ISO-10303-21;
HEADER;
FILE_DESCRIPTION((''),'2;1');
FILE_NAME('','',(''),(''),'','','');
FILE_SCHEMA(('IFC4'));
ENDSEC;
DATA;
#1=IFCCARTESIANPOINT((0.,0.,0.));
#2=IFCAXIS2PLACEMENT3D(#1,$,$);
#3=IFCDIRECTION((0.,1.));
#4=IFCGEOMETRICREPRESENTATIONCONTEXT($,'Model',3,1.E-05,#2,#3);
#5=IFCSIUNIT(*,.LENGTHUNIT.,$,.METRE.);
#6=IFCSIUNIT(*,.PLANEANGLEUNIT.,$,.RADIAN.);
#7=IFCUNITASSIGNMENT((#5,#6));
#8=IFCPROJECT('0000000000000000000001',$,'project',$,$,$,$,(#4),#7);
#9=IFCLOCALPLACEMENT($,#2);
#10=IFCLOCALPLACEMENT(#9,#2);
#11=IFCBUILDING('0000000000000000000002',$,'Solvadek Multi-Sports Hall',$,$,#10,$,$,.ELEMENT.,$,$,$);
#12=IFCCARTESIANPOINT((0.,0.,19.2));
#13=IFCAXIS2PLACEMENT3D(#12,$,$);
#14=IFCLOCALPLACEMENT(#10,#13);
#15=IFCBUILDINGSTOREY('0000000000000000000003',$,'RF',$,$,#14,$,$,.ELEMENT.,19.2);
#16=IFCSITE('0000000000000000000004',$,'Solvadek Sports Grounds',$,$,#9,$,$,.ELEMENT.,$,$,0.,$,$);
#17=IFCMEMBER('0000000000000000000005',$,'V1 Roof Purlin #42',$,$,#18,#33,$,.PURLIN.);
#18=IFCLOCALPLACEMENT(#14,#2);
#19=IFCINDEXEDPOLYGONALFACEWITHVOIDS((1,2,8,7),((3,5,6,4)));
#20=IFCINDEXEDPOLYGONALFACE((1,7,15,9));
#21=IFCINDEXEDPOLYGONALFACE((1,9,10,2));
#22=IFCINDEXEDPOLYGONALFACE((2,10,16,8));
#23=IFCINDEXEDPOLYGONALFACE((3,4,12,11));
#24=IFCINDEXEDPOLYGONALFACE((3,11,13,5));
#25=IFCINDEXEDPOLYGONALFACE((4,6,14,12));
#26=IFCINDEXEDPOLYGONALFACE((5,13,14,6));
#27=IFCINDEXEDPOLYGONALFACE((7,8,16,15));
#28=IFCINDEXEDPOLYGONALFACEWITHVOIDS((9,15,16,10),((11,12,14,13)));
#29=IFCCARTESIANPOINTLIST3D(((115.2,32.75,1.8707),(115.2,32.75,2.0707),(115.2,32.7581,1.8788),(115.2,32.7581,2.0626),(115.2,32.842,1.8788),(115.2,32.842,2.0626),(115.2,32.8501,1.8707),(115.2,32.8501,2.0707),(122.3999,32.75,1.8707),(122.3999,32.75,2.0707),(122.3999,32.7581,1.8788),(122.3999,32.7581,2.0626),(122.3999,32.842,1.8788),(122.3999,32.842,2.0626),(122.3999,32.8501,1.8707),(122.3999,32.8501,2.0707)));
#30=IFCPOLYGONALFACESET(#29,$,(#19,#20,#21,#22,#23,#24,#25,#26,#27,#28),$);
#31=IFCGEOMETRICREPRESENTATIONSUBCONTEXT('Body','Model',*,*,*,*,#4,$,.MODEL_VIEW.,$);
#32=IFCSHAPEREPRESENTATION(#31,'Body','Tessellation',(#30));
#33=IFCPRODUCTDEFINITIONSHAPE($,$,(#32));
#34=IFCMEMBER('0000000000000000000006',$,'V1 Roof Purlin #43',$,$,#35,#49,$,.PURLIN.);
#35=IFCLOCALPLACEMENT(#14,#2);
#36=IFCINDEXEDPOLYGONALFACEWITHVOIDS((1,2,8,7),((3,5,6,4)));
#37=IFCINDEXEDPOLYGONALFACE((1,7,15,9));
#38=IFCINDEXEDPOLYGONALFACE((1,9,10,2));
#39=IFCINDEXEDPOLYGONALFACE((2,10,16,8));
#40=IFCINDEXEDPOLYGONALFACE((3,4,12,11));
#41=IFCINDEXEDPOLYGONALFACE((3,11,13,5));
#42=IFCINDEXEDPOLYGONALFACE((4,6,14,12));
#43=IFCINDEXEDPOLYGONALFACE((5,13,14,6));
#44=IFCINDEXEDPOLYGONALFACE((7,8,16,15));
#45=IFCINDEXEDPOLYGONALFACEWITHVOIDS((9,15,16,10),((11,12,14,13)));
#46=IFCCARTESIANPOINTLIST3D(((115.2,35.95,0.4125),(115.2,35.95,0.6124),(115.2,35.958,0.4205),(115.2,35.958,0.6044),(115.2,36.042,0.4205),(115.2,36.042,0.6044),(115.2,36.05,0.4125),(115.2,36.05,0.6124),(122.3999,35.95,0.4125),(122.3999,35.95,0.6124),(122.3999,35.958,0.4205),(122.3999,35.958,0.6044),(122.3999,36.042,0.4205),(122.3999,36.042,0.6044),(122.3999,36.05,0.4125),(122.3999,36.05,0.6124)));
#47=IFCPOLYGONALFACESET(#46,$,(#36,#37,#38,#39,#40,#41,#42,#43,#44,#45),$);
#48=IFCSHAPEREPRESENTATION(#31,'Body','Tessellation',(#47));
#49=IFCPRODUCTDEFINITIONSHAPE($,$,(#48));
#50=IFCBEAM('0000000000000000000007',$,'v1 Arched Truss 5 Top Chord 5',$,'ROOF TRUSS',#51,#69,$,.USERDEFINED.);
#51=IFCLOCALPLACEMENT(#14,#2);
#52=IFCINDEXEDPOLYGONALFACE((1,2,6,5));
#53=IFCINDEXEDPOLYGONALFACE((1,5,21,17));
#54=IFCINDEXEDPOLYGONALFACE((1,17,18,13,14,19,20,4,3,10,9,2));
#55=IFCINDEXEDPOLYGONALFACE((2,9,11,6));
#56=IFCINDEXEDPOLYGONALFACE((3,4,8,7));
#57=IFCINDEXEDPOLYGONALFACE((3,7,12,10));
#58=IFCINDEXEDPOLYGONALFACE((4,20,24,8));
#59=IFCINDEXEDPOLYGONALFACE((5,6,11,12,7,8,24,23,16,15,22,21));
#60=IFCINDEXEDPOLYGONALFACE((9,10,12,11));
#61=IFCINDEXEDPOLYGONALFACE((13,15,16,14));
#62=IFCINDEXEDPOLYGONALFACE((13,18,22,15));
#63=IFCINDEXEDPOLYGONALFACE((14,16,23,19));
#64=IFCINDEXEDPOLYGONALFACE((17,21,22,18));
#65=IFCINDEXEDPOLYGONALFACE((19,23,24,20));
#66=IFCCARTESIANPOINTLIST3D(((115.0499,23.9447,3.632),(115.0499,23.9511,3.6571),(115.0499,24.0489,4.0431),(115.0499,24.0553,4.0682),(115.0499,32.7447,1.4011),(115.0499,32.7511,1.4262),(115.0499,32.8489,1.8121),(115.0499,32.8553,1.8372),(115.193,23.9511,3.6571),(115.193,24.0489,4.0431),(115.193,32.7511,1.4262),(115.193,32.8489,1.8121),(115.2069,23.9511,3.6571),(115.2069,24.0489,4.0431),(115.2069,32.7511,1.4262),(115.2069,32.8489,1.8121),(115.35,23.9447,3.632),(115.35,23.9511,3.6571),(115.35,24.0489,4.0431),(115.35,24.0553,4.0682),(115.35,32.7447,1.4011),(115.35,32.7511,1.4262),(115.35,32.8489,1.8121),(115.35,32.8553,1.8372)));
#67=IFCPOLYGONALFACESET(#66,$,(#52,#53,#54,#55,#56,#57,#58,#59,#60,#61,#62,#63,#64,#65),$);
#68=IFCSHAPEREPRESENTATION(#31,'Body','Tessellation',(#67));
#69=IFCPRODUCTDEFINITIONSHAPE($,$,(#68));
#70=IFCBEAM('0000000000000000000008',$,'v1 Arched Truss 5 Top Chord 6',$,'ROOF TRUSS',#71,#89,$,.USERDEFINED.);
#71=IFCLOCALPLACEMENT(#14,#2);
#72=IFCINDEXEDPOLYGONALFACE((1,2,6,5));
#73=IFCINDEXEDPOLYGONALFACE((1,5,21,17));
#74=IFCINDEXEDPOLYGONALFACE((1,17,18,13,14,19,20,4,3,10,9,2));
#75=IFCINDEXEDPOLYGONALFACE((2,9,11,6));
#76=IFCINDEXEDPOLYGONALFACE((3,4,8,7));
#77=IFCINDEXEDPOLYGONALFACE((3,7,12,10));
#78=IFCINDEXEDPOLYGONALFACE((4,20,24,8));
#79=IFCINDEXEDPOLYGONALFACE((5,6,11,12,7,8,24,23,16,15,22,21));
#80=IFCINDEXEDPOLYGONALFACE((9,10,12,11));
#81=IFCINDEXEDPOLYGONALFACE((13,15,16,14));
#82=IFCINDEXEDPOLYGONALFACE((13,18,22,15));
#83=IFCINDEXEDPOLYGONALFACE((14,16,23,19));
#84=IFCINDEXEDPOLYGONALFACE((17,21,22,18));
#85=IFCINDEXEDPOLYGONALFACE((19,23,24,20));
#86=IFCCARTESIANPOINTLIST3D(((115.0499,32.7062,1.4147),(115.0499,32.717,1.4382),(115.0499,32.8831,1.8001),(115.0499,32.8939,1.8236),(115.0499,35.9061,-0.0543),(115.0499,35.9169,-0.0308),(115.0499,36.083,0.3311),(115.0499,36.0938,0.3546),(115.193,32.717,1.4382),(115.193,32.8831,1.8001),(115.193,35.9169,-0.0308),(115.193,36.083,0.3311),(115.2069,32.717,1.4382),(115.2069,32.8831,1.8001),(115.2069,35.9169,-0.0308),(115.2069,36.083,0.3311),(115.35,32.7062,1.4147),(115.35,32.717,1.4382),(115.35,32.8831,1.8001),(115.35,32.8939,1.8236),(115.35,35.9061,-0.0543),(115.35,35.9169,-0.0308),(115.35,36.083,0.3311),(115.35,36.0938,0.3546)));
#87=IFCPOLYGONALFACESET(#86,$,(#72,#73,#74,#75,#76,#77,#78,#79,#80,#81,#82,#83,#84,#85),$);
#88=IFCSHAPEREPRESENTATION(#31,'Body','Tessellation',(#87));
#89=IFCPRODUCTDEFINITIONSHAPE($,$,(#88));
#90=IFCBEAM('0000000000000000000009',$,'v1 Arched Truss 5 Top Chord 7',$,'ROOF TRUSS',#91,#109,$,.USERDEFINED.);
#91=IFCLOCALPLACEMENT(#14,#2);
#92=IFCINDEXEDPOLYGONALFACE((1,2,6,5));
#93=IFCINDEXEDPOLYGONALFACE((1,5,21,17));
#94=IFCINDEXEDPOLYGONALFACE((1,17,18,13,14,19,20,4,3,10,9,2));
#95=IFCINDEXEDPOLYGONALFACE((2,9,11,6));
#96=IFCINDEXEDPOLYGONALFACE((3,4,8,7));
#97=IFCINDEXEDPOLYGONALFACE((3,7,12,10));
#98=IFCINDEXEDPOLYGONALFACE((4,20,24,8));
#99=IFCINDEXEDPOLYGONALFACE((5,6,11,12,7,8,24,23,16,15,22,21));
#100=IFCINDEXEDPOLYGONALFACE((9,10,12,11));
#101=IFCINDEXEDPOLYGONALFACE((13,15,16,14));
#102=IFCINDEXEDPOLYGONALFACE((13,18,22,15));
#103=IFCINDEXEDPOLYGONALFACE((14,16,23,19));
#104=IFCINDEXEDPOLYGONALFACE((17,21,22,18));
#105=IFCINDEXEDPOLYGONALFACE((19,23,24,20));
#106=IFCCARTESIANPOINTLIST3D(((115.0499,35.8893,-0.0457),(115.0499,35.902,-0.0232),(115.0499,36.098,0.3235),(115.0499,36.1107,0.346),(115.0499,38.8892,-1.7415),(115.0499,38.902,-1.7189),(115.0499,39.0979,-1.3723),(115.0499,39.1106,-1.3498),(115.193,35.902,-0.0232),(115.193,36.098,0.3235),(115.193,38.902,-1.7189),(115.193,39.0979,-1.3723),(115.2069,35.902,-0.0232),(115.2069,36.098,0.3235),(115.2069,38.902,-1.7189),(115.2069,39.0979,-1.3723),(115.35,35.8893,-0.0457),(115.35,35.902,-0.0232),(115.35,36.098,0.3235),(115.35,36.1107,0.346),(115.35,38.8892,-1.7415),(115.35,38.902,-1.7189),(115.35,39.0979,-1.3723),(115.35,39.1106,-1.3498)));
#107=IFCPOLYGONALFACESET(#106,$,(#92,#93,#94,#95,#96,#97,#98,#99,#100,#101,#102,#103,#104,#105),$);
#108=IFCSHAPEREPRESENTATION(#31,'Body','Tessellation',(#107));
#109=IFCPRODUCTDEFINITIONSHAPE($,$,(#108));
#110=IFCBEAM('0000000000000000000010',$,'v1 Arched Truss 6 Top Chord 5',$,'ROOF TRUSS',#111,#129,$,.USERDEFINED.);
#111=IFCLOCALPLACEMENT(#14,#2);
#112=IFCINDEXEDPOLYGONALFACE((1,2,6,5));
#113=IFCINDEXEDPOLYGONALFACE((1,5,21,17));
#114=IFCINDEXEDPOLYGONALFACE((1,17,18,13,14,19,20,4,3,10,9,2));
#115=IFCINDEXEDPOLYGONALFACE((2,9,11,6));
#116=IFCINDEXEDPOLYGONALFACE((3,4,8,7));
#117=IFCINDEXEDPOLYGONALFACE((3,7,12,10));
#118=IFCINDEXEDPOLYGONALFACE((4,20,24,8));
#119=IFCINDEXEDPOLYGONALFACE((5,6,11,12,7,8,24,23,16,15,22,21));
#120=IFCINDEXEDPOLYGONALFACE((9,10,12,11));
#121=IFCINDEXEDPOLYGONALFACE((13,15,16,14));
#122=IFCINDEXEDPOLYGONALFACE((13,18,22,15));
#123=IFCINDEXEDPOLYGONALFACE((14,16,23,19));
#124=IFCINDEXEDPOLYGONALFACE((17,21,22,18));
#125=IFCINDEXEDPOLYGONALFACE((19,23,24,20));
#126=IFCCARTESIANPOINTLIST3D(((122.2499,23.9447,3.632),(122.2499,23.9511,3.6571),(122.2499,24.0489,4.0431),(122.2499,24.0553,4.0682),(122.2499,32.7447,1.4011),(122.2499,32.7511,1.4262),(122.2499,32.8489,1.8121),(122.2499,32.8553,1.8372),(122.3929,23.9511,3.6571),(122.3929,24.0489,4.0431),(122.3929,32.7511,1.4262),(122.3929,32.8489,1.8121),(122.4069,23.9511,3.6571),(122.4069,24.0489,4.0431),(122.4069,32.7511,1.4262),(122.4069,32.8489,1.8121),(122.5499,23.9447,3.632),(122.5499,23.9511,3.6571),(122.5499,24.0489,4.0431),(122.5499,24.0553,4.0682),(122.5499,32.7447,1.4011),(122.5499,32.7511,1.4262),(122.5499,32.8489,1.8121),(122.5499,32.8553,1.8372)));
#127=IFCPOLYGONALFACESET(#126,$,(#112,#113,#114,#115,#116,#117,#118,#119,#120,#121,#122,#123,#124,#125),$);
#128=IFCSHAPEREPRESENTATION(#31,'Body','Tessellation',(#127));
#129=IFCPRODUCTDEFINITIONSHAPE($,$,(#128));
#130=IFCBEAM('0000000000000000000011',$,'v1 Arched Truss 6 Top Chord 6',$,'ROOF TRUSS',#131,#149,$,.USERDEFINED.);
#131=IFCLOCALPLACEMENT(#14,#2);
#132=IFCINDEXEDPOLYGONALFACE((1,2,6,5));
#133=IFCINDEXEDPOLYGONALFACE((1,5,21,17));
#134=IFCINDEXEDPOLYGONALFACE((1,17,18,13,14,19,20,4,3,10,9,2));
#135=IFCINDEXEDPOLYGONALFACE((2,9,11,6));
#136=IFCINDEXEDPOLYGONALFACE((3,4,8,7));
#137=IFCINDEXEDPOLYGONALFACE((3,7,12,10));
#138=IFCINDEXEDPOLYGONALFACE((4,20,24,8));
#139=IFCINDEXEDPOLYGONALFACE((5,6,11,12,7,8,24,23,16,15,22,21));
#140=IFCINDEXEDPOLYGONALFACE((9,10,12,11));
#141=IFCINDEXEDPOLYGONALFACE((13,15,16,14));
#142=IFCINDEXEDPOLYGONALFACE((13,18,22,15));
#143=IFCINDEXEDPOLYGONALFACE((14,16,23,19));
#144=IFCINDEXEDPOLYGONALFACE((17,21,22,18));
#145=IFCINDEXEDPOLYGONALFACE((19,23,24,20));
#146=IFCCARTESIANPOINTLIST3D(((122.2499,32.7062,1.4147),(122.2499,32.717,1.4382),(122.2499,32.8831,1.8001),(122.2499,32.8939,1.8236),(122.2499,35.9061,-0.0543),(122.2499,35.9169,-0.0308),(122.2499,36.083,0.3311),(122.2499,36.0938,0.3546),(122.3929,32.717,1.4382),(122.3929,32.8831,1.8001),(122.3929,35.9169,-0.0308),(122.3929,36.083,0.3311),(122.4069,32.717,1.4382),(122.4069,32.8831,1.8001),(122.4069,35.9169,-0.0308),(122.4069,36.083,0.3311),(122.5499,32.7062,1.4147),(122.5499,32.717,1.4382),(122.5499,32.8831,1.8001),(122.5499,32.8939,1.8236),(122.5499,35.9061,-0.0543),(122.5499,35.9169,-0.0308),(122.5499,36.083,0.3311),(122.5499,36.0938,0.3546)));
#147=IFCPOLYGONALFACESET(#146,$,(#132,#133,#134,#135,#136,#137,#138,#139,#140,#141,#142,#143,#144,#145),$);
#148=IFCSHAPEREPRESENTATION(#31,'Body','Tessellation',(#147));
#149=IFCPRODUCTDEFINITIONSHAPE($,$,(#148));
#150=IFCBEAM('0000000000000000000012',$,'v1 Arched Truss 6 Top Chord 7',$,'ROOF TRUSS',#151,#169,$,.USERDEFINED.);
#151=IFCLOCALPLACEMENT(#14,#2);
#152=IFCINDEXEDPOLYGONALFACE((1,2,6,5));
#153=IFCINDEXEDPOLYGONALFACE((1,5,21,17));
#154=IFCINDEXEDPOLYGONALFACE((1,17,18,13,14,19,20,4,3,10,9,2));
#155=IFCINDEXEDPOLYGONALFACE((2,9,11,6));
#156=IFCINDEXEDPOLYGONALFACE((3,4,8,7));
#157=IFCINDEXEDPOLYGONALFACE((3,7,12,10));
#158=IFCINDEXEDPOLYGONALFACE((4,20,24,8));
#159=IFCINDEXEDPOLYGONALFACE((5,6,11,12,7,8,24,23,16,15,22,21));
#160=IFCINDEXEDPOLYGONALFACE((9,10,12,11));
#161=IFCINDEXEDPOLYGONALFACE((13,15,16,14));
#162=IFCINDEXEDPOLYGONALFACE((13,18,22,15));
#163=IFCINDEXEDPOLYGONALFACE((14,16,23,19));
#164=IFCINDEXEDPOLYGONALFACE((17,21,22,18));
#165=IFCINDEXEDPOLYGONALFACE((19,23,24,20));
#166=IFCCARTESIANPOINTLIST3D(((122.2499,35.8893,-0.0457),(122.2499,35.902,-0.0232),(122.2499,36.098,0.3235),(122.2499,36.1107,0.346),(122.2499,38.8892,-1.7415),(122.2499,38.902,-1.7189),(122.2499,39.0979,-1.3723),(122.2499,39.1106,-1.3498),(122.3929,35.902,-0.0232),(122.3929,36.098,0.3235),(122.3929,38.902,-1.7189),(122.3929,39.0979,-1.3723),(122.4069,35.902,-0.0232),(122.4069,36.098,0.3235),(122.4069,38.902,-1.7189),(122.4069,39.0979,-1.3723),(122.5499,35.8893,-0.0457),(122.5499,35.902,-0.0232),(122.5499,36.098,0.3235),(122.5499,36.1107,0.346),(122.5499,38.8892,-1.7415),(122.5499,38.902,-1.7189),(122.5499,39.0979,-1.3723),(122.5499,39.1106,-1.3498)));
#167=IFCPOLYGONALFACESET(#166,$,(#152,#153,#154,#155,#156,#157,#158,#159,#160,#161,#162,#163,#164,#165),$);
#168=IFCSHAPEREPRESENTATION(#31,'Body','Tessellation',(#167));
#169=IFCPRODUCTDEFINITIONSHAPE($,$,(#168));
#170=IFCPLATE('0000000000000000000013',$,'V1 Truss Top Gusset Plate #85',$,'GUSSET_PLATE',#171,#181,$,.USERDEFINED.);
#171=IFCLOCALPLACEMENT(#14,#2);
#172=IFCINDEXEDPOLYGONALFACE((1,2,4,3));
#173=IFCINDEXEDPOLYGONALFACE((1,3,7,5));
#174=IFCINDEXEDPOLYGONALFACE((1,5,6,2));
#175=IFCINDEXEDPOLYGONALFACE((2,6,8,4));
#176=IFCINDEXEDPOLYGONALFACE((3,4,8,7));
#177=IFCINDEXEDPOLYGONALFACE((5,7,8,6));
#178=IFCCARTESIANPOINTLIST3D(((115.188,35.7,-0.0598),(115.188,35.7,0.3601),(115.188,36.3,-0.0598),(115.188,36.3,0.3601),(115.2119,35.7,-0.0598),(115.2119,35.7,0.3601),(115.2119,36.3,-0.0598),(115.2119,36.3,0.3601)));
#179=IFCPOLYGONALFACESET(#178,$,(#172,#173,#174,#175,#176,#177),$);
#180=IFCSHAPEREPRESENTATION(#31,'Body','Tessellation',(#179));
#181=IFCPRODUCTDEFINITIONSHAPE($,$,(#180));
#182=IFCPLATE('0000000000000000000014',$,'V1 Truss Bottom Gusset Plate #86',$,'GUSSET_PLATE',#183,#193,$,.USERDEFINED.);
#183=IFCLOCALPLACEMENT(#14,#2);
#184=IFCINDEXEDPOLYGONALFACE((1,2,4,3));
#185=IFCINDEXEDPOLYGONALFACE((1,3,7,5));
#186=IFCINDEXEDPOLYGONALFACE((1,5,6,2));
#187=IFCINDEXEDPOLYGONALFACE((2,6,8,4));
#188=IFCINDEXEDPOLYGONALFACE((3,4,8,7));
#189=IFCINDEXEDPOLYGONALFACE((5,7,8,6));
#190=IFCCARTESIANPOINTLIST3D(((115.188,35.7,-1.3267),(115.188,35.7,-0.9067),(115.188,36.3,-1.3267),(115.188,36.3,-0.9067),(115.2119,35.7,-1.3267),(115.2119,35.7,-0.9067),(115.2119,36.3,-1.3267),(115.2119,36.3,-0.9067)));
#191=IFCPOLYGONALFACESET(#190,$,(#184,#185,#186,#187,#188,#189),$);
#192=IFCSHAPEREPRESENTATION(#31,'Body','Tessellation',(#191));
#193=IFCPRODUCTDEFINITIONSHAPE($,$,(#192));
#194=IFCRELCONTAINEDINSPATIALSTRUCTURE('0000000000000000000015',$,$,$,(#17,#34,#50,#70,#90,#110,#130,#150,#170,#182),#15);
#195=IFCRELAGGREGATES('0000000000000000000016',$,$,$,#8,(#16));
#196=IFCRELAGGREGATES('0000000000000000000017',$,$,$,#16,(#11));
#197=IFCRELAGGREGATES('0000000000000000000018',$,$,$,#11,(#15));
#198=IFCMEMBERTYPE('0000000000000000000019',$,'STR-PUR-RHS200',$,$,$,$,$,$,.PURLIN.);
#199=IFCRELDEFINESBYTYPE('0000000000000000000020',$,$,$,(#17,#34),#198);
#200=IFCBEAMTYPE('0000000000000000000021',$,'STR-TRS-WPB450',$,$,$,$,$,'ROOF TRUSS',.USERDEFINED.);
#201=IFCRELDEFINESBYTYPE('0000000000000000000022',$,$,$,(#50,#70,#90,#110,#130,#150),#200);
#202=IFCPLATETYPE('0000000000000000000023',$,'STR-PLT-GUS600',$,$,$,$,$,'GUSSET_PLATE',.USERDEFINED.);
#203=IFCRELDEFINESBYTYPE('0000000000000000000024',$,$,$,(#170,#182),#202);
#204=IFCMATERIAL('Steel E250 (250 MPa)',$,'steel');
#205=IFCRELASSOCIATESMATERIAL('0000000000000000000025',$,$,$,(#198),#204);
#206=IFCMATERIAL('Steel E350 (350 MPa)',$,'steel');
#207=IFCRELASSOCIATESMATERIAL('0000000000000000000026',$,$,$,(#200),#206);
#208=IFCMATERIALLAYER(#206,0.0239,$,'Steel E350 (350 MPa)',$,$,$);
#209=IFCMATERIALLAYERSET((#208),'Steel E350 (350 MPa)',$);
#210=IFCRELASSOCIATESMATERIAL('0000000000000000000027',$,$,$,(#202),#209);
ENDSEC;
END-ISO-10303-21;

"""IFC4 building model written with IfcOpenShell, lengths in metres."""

from ifc_helpers import new_model, si_unit, direction, frame, origin, origin_2d, place, context, subcontext, project, spatial, rectangle, hollow_rectangle, i_section, extrude, material, layer, layer_set, material_profile, profile_set, type_object, element, save


model = new_model("IFC4")

# Units and contexts
model_context = context("Model", 3, precision=1e-05, world=origin(), true_north=direction((0.0, 1.0)))
body_context = subcontext(model_context, "Body", "Model", "MODEL_VIEW")
ifc_project = project(units=[si_unit("LENGTHUNIT", "METRE"), si_unit("PLANEANGLEUNIT", "RADIAN")], contexts=[model_context])

# Site, building, storey
site_placement = place(None, origin())
site = spatial("IfcSite", under=ifc_project, at=site_placement, Name="Solvadek Sports Grounds", CompositionType="ELEMENT", RefElevation=0.0)
building_placement = place(site_placement, origin())
building = spatial("IfcBuilding", under=site, at=building_placement, Name="Solvadek Multi-Sports Hall", CompositionType="ELEMENT")
storey_placement = place(building_placement, frame((0.0, 0.0, 19.2)))
storey = spatial("IfcBuildingStorey", under=building, at=storey_placement, Name="RF", CompositionType="ELEMENT", Elevation=19.2)

# Members
ifc_material_1 = material(Name="Steel E350 (350 MPa)", Category="steel")
ifc_material_2 = material(Name="Steel E250 (250 MPa)", Category="steel")
ifc_material_profile_1 = material_profile(ifc_material_2, hollow_rectangle(XDim=0.1001, YDim=0.2, WallThickness=0.0081, at=origin_2d()), Name="RHS 200x100x8")
ifc_profile_set_1 = profile_set([ifc_material_profile_1], Name="Steel E250 (250 MPa)")
member_type_1 = type_object("IfcMemberType", Name="STR-PUR-RHS200", PredefinedType="PURLIN", material=ifc_profile_set_1)
for number, where, z_axis, x_axis, name in (
    (1, (115.2, 32.8, 1.9707), (1.0, 0.0, 0.0), (0.0, 1.0, 0.0), "V1 Roof Purlin #42"),
    (2, (115.2, 36.0, 0.5125), (1.0, 0.0, 0.0), (0.0, 1.0, 0.0), "V1 Roof Purlin #43"),
):
    element("IfcMember", number, at=place(storey_placement, frame(where, z_axis=z_axis, x_axis=x_axis)), inside=storey, type_object=member_type_1, Name=name, PredefinedType="PURLIN", context=body_context, shape_type="SweptSolid", body=[
        extrude(hollow_rectangle(XDim=0.1001, YDim=0.2, WallThickness=0.0081, at=origin_2d()), origin(), (0.0, 0.0, 1.0), 7.2),
    ])

# Beams
ifc_material_profile_2 = material_profile(ifc_material_1, i_section(OverallWidth=0.3, OverallDepth=0.45, WebThickness=0.0139, FlangeThickness=0.0259, at=origin_2d()), Name="WPB 450")
ifc_profile_set_2 = profile_set([ifc_material_profile_2], Name="Steel E350 (350 MPa)")
beam_type = type_object("IfcBeamType", Name="STR-TRS-WPB450", ElementType="ROOF TRUSS", PredefinedType="USERDEFINED", material=ifc_profile_set_2)
beam_1_placement = place(storey_placement, frame((115.2, 24.0, 3.8501), z_axis=(0.0, 0.969335, -0.245742), x_axis=(-1.0, 0.0, 0.0)))
element("IfcBeam", 3, at=beam_1_placement, inside=storey, type_object=beam_type, Name="v1 Arched Truss 5 Top Chord 5", ObjectType="ROOF TRUSS", PredefinedType="USERDEFINED", context=body_context, shape_type="SweptSolid", body=[
    extrude(i_section(OverallWidth=0.3, OverallDepth=0.45, WebThickness=0.0139, FlangeThickness=0.0259, at=origin_2d()), origin(), (0.0, 0.0, 1.0), 9.0784),
])
beam_2_placement = place(storey_placement, frame((115.2, 32.8, 1.6191), z_axis=(0.0, 0.908812, -0.417206), x_axis=(-1.0, 0.0, 0.0)))
element("IfcBeam", 4, at=beam_2_placement, inside=storey, type_object=beam_type, Name="v1 Arched Truss 5 Top Chord 6", ObjectType="ROOF TRUSS", PredefinedType="USERDEFINED", context=body_context, shape_type="SweptSolid", body=[
    extrude(i_section(OverallWidth=0.3, OverallDepth=0.45, WebThickness=0.0139, FlangeThickness=0.0259, at=origin_2d()), origin(), (0.0, 0.0, 1.0), 3.521),
])
beam_3_placement = place(storey_placement, frame((115.2, 36.0, 0.1501), z_axis=(0.0, 0.870544, -0.49209), x_axis=(-1.0, 0.0, 0.0)))
element("IfcBeam", 5, at=beam_3_placement, inside=storey, type_object=beam_type, Name="v1 Arched Truss 5 Top Chord 7", ObjectType="ROOF TRUSS", PredefinedType="USERDEFINED", context=body_context, shape_type="SweptSolid", body=[
    extrude(i_section(OverallWidth=0.3, OverallDepth=0.45, WebThickness=0.0139, FlangeThickness=0.0259, at=origin_2d()), origin(), (0.0, 0.0, 1.0), 3.446),
])
beam_4_placement = place(storey_placement, frame((122.3999, 24.0, 3.8501), z_axis=(0.0, 0.969335, -0.245742), x_axis=(-1.0, 0.0, 0.0)))
element("IfcBeam", 6, at=beam_4_placement, inside=storey, type_object=beam_type, Name="v1 Arched Truss 6 Top Chord 5", ObjectType="ROOF TRUSS", PredefinedType="USERDEFINED", context=body_context, shape_type="SweptSolid", body=[
    extrude(i_section(OverallWidth=0.3, OverallDepth=0.45, WebThickness=0.0139, FlangeThickness=0.0259, at=origin_2d()), origin(), (0.0, 0.0, 1.0), 9.0784),
])
beam_5_placement = place(storey_placement, frame((122.3999, 32.8, 1.6191), z_axis=(0.0, 0.908812, -0.417206), x_axis=(-1.0, 0.0, 0.0)))
element("IfcBeam", 7, at=beam_5_placement, inside=storey, type_object=beam_type, Name="v1 Arched Truss 6 Top Chord 6", ObjectType="ROOF TRUSS", PredefinedType="USERDEFINED", context=body_context, shape_type="SweptSolid", body=[
    extrude(i_section(OverallWidth=0.3, OverallDepth=0.45, WebThickness=0.0139, FlangeThickness=0.0259, at=origin_2d()), origin(), (0.0, 0.0, 1.0), 3.521),
])
beam_6_placement = place(storey_placement, frame((122.3999, 36.0, 0.1501), z_axis=(0.0, 0.870544, -0.49209), x_axis=(-1.0, 0.0, 0.0)))
element("IfcBeam", 8, at=beam_6_placement, inside=storey, type_object=beam_type, Name="v1 Arched Truss 6 Top Chord 7", ObjectType="ROOF TRUSS", PredefinedType="USERDEFINED", context=body_context, shape_type="SweptSolid", body=[
    extrude(i_section(OverallWidth=0.3, OverallDepth=0.45, WebThickness=0.0139, FlangeThickness=0.0259, at=origin_2d()), origin(), (0.0, 0.0, 1.0), 3.446),
])

# Plates
ifc_layer_1 = layer(ifc_material_1, 0.0239, Name="Steel E350 (350 MPa)")
ifc_layer_set_1 = layer_set([ifc_layer_1], Name="Steel E350 (350 MPa)")
plate_type_1 = type_object("IfcPlateType", Name="STR-PLT-GUS600", ElementType="GUSSET_PLATE", PredefinedType="USERDEFINED", material=ifc_layer_set_1)
for number, where, z_axis, x_axis, name in (
    (9, (115.2, 36.0, -0.0598), (0.0, 0.0, 1.0), (0.0, 1.0, 0.0), "V1 Truss Top Gusset Plate #85"),
    (10, (115.2, 36.0, -1.3267), (0.0, 0.0, 1.0), (0.0, 1.0, 0.0), "V1 Truss Bottom Gusset Plate #86"),
):
    element("IfcPlate", number, at=place(storey_placement, frame(where, z_axis=z_axis, x_axis=x_axis)), inside=storey, type_object=plate_type_1, Name=name, ObjectType="GUSSET_PLATE", PredefinedType="USERDEFINED", context=body_context, shape_type="SweptSolid", body=[
        extrude(rectangle(XDim=0.6001, YDim=0.0239, at=origin_2d()), origin(), (0.0, 0.0, 1.0), 0.4199),
    ])

save(model, "model.ifc")
